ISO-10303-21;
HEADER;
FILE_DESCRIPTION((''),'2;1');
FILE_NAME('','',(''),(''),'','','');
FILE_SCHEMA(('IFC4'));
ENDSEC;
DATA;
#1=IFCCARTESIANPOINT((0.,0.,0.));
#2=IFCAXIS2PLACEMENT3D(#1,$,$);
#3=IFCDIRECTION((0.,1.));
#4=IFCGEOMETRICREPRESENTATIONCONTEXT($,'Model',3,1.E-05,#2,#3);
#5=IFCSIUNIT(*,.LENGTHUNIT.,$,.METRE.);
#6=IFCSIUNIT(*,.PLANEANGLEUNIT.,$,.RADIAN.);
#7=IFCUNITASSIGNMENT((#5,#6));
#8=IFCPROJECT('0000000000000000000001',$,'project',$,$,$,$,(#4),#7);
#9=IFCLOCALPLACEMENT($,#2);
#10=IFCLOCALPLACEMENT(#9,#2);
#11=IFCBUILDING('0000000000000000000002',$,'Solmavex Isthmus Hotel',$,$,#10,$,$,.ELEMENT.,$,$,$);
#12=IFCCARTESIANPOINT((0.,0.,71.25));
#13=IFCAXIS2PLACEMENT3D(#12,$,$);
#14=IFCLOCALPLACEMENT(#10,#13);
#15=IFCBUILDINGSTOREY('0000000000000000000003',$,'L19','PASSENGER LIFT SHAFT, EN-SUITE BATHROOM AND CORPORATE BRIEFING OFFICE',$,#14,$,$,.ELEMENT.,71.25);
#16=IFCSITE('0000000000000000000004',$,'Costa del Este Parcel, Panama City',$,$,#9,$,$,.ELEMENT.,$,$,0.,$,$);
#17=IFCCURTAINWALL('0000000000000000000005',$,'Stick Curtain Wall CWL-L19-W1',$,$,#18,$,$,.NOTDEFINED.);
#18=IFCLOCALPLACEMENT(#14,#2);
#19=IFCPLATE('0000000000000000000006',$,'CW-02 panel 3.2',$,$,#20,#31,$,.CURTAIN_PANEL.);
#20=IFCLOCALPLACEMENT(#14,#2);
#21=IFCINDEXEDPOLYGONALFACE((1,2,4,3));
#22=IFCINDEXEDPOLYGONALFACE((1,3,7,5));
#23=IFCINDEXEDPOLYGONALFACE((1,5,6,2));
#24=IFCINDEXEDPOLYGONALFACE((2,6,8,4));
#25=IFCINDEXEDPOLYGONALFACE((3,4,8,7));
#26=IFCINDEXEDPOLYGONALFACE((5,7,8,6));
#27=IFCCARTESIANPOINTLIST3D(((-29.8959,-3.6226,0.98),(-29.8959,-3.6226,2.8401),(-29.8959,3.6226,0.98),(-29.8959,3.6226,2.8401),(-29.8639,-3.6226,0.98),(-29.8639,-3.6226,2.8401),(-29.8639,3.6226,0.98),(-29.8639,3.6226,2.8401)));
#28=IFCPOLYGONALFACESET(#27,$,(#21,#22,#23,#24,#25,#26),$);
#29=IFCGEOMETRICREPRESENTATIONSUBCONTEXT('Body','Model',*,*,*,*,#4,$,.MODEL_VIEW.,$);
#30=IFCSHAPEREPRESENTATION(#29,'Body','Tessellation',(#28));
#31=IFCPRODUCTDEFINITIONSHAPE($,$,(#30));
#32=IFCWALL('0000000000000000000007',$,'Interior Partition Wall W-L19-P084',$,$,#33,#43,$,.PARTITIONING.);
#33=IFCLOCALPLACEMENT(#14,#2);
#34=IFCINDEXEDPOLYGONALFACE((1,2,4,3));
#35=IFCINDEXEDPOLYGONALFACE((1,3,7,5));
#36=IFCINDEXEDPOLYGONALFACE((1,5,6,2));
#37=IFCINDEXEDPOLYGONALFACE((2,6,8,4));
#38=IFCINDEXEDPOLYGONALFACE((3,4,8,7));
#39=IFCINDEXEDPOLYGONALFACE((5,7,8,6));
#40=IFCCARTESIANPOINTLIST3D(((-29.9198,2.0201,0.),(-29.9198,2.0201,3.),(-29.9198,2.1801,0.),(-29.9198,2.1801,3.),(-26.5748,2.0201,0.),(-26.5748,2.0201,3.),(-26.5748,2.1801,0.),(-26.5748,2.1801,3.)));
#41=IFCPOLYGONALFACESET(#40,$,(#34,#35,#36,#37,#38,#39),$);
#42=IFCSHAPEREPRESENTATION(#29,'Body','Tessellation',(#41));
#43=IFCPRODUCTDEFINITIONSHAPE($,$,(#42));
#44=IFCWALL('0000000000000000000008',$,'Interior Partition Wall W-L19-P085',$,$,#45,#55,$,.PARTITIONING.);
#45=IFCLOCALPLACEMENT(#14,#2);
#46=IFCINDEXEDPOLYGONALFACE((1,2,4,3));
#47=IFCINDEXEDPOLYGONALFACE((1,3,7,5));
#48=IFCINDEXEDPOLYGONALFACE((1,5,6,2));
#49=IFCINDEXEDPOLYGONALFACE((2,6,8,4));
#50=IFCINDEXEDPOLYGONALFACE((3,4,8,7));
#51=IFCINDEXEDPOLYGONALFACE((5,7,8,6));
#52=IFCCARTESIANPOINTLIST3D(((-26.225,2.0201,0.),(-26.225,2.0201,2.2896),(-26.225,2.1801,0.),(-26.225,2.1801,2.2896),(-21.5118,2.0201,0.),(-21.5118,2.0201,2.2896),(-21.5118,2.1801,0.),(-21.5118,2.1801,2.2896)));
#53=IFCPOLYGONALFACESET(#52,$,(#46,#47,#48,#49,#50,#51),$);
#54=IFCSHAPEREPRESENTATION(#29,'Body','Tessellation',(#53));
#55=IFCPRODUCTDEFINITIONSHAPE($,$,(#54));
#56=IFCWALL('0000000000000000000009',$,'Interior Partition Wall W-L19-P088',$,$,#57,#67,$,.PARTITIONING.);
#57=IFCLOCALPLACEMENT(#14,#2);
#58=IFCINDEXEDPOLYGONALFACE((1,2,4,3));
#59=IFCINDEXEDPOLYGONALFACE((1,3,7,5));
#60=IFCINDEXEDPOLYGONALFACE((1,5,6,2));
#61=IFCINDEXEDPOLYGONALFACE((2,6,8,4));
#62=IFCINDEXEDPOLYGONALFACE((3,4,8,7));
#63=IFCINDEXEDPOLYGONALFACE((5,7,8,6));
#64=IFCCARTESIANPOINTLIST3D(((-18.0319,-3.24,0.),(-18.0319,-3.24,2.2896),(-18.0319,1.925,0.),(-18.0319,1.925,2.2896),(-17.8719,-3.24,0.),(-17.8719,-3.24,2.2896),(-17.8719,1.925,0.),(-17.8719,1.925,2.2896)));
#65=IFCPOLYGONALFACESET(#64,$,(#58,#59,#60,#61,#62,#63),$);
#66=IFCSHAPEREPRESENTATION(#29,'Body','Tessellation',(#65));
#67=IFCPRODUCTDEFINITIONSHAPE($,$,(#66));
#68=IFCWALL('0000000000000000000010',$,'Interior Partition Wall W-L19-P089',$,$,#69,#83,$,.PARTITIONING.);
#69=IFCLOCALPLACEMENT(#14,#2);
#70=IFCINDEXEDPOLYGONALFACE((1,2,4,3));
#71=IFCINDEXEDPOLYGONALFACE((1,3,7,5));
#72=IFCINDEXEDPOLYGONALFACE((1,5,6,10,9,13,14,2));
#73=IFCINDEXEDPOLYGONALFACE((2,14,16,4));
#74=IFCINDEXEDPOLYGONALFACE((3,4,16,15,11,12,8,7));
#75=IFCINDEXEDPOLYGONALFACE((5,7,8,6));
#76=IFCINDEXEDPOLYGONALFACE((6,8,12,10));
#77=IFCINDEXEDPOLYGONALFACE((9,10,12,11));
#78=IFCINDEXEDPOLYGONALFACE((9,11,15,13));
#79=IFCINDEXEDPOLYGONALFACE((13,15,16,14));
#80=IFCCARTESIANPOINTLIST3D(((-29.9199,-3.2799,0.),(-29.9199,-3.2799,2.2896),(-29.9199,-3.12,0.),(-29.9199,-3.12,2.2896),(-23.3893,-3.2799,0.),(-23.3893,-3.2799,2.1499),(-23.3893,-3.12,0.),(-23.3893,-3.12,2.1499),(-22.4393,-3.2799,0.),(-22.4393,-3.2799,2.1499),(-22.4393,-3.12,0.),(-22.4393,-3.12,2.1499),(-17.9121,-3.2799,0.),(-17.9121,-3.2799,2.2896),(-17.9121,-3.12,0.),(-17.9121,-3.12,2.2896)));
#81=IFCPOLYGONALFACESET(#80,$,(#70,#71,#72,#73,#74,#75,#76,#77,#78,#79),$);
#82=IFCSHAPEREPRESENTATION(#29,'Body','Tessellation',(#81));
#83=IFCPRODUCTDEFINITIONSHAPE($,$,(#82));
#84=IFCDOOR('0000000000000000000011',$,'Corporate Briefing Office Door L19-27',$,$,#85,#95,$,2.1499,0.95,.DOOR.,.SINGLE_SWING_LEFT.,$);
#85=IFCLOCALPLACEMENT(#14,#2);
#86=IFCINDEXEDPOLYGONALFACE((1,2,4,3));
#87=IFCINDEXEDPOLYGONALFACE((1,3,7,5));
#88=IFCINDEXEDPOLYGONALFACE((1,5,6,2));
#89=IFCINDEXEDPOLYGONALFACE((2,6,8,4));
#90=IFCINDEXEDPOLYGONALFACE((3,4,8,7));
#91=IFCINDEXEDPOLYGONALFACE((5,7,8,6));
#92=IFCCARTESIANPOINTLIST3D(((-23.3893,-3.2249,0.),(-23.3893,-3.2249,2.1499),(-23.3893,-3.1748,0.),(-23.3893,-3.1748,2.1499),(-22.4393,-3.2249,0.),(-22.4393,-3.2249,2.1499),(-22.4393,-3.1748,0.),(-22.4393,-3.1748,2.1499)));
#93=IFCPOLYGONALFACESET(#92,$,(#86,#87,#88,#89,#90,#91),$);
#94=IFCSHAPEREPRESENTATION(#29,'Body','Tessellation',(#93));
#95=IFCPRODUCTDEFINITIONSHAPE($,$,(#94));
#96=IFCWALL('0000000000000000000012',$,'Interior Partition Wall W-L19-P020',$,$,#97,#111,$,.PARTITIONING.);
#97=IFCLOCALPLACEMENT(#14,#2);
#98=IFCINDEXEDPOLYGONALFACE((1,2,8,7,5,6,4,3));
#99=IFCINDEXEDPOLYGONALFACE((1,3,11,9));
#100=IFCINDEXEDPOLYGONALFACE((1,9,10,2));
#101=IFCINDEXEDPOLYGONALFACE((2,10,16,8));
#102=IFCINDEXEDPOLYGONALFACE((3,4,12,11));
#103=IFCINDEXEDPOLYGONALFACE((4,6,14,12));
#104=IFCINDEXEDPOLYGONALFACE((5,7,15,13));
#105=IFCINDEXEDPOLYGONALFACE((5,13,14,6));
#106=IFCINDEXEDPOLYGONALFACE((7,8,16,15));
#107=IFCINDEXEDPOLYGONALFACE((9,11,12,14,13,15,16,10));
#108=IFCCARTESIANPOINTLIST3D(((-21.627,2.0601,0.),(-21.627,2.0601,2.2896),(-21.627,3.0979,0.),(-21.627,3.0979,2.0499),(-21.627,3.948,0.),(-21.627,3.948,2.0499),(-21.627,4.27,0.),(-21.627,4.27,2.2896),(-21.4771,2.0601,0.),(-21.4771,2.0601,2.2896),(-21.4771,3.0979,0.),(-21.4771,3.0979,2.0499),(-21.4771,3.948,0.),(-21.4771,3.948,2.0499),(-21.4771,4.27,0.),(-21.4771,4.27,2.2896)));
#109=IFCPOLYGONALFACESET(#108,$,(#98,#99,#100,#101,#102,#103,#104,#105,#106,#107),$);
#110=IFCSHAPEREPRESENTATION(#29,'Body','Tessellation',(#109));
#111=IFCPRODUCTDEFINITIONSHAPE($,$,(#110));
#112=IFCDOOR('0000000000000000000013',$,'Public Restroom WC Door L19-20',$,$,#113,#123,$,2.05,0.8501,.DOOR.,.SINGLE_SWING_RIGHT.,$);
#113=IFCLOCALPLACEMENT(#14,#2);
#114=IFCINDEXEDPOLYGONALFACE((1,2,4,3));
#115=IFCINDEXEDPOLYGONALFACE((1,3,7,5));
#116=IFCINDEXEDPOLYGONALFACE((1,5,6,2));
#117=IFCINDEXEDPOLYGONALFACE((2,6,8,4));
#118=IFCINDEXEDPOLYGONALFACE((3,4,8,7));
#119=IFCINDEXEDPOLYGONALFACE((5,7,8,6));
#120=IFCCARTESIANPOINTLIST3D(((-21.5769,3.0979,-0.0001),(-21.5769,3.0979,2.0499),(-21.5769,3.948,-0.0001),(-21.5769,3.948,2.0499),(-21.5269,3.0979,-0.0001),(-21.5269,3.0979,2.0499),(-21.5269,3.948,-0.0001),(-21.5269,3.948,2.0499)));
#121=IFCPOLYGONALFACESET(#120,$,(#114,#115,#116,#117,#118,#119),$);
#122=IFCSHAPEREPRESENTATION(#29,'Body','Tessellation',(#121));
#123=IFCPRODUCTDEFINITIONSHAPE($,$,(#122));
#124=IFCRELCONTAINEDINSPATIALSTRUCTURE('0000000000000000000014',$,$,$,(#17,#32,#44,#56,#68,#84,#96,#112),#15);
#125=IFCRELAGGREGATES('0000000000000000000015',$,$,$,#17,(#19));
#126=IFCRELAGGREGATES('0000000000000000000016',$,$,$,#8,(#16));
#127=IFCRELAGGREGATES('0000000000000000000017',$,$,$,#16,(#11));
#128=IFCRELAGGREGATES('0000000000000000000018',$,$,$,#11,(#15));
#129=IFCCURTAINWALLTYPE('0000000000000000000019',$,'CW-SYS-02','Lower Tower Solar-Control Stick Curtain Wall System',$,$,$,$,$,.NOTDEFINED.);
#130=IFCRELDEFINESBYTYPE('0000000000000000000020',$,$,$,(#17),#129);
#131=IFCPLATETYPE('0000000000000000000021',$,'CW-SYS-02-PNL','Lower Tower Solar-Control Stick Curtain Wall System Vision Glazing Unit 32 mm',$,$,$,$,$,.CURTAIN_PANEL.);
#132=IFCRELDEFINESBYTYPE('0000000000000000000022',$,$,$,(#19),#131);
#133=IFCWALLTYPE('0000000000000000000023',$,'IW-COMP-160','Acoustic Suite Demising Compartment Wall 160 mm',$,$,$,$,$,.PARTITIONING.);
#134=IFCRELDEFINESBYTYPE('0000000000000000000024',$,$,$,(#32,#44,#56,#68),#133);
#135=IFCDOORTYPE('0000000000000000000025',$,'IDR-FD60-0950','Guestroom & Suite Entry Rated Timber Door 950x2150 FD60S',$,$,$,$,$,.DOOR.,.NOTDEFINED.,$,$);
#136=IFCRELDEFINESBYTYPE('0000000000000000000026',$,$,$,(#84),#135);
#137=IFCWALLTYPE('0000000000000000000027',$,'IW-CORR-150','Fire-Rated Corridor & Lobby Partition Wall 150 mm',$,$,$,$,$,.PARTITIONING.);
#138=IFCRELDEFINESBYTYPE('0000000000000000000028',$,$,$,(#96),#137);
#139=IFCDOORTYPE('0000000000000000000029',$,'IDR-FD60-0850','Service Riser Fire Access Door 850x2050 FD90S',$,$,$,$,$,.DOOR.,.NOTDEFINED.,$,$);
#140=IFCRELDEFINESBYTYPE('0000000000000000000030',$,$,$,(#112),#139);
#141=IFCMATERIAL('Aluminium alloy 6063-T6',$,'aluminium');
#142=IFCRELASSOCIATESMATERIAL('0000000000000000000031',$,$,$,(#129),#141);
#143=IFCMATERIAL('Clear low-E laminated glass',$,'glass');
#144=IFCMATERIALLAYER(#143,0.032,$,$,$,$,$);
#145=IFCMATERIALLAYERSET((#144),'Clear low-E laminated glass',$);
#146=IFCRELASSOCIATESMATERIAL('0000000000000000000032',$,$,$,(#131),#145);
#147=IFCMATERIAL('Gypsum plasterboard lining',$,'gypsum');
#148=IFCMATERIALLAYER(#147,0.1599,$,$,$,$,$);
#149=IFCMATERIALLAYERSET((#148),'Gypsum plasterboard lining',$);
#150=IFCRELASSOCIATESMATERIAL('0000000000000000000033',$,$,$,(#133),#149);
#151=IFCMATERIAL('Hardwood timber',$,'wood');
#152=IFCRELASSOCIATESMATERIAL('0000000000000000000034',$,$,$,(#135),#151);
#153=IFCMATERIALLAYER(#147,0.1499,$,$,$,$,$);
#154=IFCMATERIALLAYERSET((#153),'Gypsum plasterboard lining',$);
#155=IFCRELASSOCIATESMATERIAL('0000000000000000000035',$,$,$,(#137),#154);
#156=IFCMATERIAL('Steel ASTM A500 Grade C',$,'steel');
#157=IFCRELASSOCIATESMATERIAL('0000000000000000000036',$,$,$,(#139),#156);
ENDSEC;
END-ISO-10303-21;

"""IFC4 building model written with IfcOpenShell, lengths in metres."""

from ifc_helpers import new_model, si_unit, direction, frame, frame_2d, origin, origin_2d, place, context, subcontext, project, spatial, rectangle, extrude, material, layer, layer_set, type_object, element, fill, aggregate, save


model = new_model("IFC4")

# Units and contexts
model_context = context("Model", 3, precision=1e-05, world=origin(), true_north=direction((0.0, 1.0)))
body_context = subcontext(model_context, "Body", "Model", "MODEL_VIEW")
ifc_project = project(units=[si_unit("LENGTHUNIT", "METRE"), si_unit("PLANEANGLEUNIT", "RADIAN")], contexts=[model_context])

# Site, building, storey
site_placement = place(None, origin())
site = spatial("IfcSite", under=ifc_project, at=site_placement, Name="Costa del Este Parcel, Panama City", CompositionType="ELEMENT", RefElevation=0.0)
building_placement = place(site_placement, origin())
building = spatial("IfcBuilding", under=site, at=building_placement, Name="Solmavex Isthmus Hotel", CompositionType="ELEMENT")
storey_placement = place(building_placement, frame((0.0, 0.0, 71.25)))
storey = spatial("IfcBuildingStorey", under=building, at=storey_placement, Name="L19", Description="PASSENGER LIFT SHAFT, EN-SUITE BATHROOM AND CORPORATE BRIEFING OFFICE", CompositionType="ELEMENT", Elevation=71.25)

# Curtain wall, plate
ifc_material_1 = material(Name="Aluminium alloy 6063-T6", Category="aluminium")
curtain_wall_type = type_object("IfcCurtainWallType", Name="CW-SYS-02", Description="Lower Tower Solar-Control Stick Curtain Wall System", PredefinedType="NOTDEFINED", material=ifc_material_1)
curtain_wall_placement = place(storey_placement, origin())
curtain_wall = element("IfcCurtainWall", 1, at=curtain_wall_placement, inside=storey, type_object=curtain_wall_type, Name="Stick Curtain Wall CWL-L19-W1", PredefinedType="NOTDEFINED")
ifc_material_2 = material(Name="Clear low-E laminated glass", Category="glass")
ifc_layer_1 = layer(ifc_material_2, 0.032)
ifc_layer_set_1 = layer_set([ifc_layer_1], Name="Clear low-E laminated glass")
plate_type = type_object("IfcPlateType", Name="CW-SYS-02-PNL", Description="Lower Tower Solar-Control Stick Curtain Wall System Vision Glazing Unit 32 mm", PredefinedType="CURTAIN_PANEL", material=ifc_layer_set_1)
plate_1_placement = place(storey_placement, frame((-29.8799, 0.0, 0.98), z_axis=(0.0, 0.0, 1.0), x_axis=(0.0, 1.0, 0.0)))
plate_1 = element("IfcPlate", 2, at=plate_1_placement, type_object=plate_type, Name="CW-02 panel 3.2", PredefinedType="CURTAIN_PANEL", context=body_context, shape_type="SweptSolid", body=[
    extrude(rectangle(XDim=7.2451, YDim=0.032, at=origin_2d()), origin(), (0.0, 0.0, 1.0), 1.8601),
])
aggregate(curtain_wall, [plate_1])

# Walls
ifc_material_3 = material(Name="Gypsum plasterboard lining", Category="gypsum")
ifc_layer_2 = layer(ifc_material_3, 0.1599)
ifc_layer_set_2 = layer_set([ifc_layer_2], Name="Gypsum plasterboard lining")
wall_type_1 = type_object("IfcWallType", Name="IW-COMP-160", Description="Acoustic Suite Demising Compartment Wall 160 mm", PredefinedType="PARTITIONING", material=ifc_layer_set_2)
wall_1_placement = place(storey_placement, frame((-26.575, 2.1001, 0.0), z_axis=(0.0, 0.0, 1.0), x_axis=(-1.0, 0.0, 0.0)))
element("IfcWall", 3, at=wall_1_placement, inside=storey, type_object=wall_type_1, Name="Interior Partition Wall W-L19-P084", PredefinedType="PARTITIONING", context=body_context, shape_type="SweptSolid", body=[
    extrude(rectangle(XDim=3.345, YDim=0.1599, at=frame_2d((1.6724, 0.0))), origin(), (0.0, 0.0, 1.0), 3.0),
])
wall_2_placement = place(storey_placement, frame((-21.512, 2.1001, 0.0), z_axis=(0.0, 0.0, 1.0), x_axis=(-1.0, 0.0, 0.0)))
element("IfcWall", 4, at=wall_2_placement, inside=storey, type_object=wall_type_1, Name="Interior Partition Wall W-L19-P085", PredefinedType="PARTITIONING", context=body_context, shape_type="SweptSolid", body=[
    extrude(rectangle(XDim=4.7131, YDim=0.1599, at=frame_2d((2.3564, 0.0))), origin(), (0.0, 0.0, 1.0), 2.2896),
])
wall_3_placement = place(storey_placement, frame((-17.9519, 1.925, 0.0), z_axis=(0.0, 0.0, 1.0), x_axis=(0.0, -1.0, 0.0)))
element("IfcWall", 5, at=wall_3_placement, inside=storey, type_object=wall_type_1, Name="Interior Partition Wall W-L19-P088", PredefinedType="PARTITIONING", context=body_context, shape_type="SweptSolid", body=[
    extrude(rectangle(XDim=5.165, YDim=0.1599, at=frame_2d((2.5825, 0.0))), origin(), (0.0, 0.0, 1.0), 2.2896),
])

# Walls, openings, doors
wall_4_placement = place(storey_placement, frame((-17.9121, -3.2, 0.0), z_axis=(0.0, 0.0, 1.0), x_axis=(-1.0, 0.0, 0.0)))
wall_4 = element("IfcWall", 6, at=wall_4_placement, inside=storey, type_object=wall_type_1, Name="Interior Partition Wall W-L19-P089", PredefinedType="PARTITIONING", context=body_context, shape_type="SweptSolid", body=[
    extrude(rectangle(XDim=12.0078, YDim=0.1599, at=frame_2d((6.0039, 0.0))), origin(), (0.0, 0.0, 1.0), 2.2896),
])
opening_1_placement = place(wall_4_placement, frame((4.5271, 0.0, 0.0)))
opening_1 = element("IfcOpeningElement", 7, at=opening_1_placement, cuts=wall_4, PredefinedType="OPENING", context=body_context, shape_type="SweptSolid", body=[
    extrude(rectangle(XDim=0.95, YDim=2.1499, at=frame_2d((0.4751, 1.075))), frame((0.0, 0.0898, 0.0), z_axis=(0.0, -1.0, 0.0), x_axis=(1.0, 0.0, 0.0)), (0.0, 0.0, 1.0), 0.1799),
])
ifc_material_4 = material(Name="Hardwood timber", Category="wood")
door_type_1 = type_object("IfcDoorType", Name="IDR-FD60-0950", Description="Guestroom & Suite Entry Rated Timber Door 950x2150 FD60S", OperationType="NOTDEFINED", PredefinedType="DOOR", material=ifc_material_4)
door_1_placement = place(opening_1_placement, origin())
door_1 = element("IfcDoor", 8, at=door_1_placement, inside=storey, type_object=door_type_1, Name="Corporate Briefing Office Door L19-27", OperationType="SINGLE_SWING_LEFT", OverallHeight=2.1499, OverallWidth=0.95, PredefinedType="DOOR", context=body_context, shape_type="SweptSolid", body=[
    extrude(rectangle(XDim=0.95, YDim=2.1499, at=frame_2d((0.4751, 1.075))), frame((0.0, 0.0249, 0.0), z_axis=(0.0, -1.0, 0.0), x_axis=(1.0, 0.0, 0.0)), (0.0, 0.0, 1.0), 0.05),
])
fill(opening_1, door_1)
ifc_layer_3 = layer(ifc_material_3, 0.1499)
ifc_layer_set_3 = layer_set([ifc_layer_3], Name="Gypsum plasterboard lining")
wall_type_2 = type_object("IfcWallType", Name="IW-CORR-150", Description="Fire-Rated Corridor & Lobby Partition Wall 150 mm", PredefinedType="PARTITIONING", material=ifc_layer_set_3)
wall_5_placement = place(storey_placement, frame((-21.552, 2.0601, 0.0), z_axis=(0.0, 0.0, 1.0), x_axis=(0.0, 1.0, 0.0)))
wall_5 = element("IfcWall", 9, at=wall_5_placement, inside=storey, type_object=wall_type_2, Name="Interior Partition Wall W-L19-P020", PredefinedType="PARTITIONING", context=body_context, shape_type="SweptSolid", body=[
    extrude(rectangle(XDim=2.21, YDim=0.1499, at=frame_2d((1.105, 0.0))), origin(), (0.0, 0.0, 1.0), 2.2896),
])
opening_2_placement = place(wall_5_placement, frame((1.0378, 0.0, 0.0)))
opening_2 = element("IfcOpeningElement", 10, at=opening_2_placement, cuts=wall_5, PredefinedType="OPENING", context=body_context, shape_type="SweptSolid", body=[
    extrude(rectangle(XDim=0.8501, YDim=2.05, at=frame_2d((0.425, 1.0249))), frame((0.0, 0.085, 0.0), z_axis=(0.0, -1.0, 0.0), x_axis=(1.0, 0.0, 0.0)), (0.0, 0.0, 1.0), 0.1699),
])
ifc_material_5 = material(Name="Steel ASTM A500 Grade C", Category="steel")
door_type_2 = type_object("IfcDoorType", Name="IDR-FD60-0850", Description="Service Riser Fire Access Door 850x2050 FD90S", OperationType="NOTDEFINED", PredefinedType="DOOR", material=ifc_material_5)
door_2_placement = place(opening_2_placement, origin())
door_2 = element("IfcDoor", 11, at=door_2_placement, inside=storey, type_object=door_type_2, Name="Public Restroom WC Door L19-20", OperationType="SINGLE_SWING_RIGHT", OverallHeight=2.05, OverallWidth=0.8501, PredefinedType="DOOR", context=body_context, shape_type="SweptSolid", body=[
    extrude(rectangle(XDim=0.8501, YDim=2.05, at=frame_2d((0.425, 1.0249))), frame((0.0, 0.0249, 0.0), z_axis=(0.0, -1.0, 0.0), x_axis=(1.0, 0.0, 0.0)), (0.0, 0.0, 1.0), 0.05),
])
fill(opening_2, door_2)

save(model, "model.ifc")
